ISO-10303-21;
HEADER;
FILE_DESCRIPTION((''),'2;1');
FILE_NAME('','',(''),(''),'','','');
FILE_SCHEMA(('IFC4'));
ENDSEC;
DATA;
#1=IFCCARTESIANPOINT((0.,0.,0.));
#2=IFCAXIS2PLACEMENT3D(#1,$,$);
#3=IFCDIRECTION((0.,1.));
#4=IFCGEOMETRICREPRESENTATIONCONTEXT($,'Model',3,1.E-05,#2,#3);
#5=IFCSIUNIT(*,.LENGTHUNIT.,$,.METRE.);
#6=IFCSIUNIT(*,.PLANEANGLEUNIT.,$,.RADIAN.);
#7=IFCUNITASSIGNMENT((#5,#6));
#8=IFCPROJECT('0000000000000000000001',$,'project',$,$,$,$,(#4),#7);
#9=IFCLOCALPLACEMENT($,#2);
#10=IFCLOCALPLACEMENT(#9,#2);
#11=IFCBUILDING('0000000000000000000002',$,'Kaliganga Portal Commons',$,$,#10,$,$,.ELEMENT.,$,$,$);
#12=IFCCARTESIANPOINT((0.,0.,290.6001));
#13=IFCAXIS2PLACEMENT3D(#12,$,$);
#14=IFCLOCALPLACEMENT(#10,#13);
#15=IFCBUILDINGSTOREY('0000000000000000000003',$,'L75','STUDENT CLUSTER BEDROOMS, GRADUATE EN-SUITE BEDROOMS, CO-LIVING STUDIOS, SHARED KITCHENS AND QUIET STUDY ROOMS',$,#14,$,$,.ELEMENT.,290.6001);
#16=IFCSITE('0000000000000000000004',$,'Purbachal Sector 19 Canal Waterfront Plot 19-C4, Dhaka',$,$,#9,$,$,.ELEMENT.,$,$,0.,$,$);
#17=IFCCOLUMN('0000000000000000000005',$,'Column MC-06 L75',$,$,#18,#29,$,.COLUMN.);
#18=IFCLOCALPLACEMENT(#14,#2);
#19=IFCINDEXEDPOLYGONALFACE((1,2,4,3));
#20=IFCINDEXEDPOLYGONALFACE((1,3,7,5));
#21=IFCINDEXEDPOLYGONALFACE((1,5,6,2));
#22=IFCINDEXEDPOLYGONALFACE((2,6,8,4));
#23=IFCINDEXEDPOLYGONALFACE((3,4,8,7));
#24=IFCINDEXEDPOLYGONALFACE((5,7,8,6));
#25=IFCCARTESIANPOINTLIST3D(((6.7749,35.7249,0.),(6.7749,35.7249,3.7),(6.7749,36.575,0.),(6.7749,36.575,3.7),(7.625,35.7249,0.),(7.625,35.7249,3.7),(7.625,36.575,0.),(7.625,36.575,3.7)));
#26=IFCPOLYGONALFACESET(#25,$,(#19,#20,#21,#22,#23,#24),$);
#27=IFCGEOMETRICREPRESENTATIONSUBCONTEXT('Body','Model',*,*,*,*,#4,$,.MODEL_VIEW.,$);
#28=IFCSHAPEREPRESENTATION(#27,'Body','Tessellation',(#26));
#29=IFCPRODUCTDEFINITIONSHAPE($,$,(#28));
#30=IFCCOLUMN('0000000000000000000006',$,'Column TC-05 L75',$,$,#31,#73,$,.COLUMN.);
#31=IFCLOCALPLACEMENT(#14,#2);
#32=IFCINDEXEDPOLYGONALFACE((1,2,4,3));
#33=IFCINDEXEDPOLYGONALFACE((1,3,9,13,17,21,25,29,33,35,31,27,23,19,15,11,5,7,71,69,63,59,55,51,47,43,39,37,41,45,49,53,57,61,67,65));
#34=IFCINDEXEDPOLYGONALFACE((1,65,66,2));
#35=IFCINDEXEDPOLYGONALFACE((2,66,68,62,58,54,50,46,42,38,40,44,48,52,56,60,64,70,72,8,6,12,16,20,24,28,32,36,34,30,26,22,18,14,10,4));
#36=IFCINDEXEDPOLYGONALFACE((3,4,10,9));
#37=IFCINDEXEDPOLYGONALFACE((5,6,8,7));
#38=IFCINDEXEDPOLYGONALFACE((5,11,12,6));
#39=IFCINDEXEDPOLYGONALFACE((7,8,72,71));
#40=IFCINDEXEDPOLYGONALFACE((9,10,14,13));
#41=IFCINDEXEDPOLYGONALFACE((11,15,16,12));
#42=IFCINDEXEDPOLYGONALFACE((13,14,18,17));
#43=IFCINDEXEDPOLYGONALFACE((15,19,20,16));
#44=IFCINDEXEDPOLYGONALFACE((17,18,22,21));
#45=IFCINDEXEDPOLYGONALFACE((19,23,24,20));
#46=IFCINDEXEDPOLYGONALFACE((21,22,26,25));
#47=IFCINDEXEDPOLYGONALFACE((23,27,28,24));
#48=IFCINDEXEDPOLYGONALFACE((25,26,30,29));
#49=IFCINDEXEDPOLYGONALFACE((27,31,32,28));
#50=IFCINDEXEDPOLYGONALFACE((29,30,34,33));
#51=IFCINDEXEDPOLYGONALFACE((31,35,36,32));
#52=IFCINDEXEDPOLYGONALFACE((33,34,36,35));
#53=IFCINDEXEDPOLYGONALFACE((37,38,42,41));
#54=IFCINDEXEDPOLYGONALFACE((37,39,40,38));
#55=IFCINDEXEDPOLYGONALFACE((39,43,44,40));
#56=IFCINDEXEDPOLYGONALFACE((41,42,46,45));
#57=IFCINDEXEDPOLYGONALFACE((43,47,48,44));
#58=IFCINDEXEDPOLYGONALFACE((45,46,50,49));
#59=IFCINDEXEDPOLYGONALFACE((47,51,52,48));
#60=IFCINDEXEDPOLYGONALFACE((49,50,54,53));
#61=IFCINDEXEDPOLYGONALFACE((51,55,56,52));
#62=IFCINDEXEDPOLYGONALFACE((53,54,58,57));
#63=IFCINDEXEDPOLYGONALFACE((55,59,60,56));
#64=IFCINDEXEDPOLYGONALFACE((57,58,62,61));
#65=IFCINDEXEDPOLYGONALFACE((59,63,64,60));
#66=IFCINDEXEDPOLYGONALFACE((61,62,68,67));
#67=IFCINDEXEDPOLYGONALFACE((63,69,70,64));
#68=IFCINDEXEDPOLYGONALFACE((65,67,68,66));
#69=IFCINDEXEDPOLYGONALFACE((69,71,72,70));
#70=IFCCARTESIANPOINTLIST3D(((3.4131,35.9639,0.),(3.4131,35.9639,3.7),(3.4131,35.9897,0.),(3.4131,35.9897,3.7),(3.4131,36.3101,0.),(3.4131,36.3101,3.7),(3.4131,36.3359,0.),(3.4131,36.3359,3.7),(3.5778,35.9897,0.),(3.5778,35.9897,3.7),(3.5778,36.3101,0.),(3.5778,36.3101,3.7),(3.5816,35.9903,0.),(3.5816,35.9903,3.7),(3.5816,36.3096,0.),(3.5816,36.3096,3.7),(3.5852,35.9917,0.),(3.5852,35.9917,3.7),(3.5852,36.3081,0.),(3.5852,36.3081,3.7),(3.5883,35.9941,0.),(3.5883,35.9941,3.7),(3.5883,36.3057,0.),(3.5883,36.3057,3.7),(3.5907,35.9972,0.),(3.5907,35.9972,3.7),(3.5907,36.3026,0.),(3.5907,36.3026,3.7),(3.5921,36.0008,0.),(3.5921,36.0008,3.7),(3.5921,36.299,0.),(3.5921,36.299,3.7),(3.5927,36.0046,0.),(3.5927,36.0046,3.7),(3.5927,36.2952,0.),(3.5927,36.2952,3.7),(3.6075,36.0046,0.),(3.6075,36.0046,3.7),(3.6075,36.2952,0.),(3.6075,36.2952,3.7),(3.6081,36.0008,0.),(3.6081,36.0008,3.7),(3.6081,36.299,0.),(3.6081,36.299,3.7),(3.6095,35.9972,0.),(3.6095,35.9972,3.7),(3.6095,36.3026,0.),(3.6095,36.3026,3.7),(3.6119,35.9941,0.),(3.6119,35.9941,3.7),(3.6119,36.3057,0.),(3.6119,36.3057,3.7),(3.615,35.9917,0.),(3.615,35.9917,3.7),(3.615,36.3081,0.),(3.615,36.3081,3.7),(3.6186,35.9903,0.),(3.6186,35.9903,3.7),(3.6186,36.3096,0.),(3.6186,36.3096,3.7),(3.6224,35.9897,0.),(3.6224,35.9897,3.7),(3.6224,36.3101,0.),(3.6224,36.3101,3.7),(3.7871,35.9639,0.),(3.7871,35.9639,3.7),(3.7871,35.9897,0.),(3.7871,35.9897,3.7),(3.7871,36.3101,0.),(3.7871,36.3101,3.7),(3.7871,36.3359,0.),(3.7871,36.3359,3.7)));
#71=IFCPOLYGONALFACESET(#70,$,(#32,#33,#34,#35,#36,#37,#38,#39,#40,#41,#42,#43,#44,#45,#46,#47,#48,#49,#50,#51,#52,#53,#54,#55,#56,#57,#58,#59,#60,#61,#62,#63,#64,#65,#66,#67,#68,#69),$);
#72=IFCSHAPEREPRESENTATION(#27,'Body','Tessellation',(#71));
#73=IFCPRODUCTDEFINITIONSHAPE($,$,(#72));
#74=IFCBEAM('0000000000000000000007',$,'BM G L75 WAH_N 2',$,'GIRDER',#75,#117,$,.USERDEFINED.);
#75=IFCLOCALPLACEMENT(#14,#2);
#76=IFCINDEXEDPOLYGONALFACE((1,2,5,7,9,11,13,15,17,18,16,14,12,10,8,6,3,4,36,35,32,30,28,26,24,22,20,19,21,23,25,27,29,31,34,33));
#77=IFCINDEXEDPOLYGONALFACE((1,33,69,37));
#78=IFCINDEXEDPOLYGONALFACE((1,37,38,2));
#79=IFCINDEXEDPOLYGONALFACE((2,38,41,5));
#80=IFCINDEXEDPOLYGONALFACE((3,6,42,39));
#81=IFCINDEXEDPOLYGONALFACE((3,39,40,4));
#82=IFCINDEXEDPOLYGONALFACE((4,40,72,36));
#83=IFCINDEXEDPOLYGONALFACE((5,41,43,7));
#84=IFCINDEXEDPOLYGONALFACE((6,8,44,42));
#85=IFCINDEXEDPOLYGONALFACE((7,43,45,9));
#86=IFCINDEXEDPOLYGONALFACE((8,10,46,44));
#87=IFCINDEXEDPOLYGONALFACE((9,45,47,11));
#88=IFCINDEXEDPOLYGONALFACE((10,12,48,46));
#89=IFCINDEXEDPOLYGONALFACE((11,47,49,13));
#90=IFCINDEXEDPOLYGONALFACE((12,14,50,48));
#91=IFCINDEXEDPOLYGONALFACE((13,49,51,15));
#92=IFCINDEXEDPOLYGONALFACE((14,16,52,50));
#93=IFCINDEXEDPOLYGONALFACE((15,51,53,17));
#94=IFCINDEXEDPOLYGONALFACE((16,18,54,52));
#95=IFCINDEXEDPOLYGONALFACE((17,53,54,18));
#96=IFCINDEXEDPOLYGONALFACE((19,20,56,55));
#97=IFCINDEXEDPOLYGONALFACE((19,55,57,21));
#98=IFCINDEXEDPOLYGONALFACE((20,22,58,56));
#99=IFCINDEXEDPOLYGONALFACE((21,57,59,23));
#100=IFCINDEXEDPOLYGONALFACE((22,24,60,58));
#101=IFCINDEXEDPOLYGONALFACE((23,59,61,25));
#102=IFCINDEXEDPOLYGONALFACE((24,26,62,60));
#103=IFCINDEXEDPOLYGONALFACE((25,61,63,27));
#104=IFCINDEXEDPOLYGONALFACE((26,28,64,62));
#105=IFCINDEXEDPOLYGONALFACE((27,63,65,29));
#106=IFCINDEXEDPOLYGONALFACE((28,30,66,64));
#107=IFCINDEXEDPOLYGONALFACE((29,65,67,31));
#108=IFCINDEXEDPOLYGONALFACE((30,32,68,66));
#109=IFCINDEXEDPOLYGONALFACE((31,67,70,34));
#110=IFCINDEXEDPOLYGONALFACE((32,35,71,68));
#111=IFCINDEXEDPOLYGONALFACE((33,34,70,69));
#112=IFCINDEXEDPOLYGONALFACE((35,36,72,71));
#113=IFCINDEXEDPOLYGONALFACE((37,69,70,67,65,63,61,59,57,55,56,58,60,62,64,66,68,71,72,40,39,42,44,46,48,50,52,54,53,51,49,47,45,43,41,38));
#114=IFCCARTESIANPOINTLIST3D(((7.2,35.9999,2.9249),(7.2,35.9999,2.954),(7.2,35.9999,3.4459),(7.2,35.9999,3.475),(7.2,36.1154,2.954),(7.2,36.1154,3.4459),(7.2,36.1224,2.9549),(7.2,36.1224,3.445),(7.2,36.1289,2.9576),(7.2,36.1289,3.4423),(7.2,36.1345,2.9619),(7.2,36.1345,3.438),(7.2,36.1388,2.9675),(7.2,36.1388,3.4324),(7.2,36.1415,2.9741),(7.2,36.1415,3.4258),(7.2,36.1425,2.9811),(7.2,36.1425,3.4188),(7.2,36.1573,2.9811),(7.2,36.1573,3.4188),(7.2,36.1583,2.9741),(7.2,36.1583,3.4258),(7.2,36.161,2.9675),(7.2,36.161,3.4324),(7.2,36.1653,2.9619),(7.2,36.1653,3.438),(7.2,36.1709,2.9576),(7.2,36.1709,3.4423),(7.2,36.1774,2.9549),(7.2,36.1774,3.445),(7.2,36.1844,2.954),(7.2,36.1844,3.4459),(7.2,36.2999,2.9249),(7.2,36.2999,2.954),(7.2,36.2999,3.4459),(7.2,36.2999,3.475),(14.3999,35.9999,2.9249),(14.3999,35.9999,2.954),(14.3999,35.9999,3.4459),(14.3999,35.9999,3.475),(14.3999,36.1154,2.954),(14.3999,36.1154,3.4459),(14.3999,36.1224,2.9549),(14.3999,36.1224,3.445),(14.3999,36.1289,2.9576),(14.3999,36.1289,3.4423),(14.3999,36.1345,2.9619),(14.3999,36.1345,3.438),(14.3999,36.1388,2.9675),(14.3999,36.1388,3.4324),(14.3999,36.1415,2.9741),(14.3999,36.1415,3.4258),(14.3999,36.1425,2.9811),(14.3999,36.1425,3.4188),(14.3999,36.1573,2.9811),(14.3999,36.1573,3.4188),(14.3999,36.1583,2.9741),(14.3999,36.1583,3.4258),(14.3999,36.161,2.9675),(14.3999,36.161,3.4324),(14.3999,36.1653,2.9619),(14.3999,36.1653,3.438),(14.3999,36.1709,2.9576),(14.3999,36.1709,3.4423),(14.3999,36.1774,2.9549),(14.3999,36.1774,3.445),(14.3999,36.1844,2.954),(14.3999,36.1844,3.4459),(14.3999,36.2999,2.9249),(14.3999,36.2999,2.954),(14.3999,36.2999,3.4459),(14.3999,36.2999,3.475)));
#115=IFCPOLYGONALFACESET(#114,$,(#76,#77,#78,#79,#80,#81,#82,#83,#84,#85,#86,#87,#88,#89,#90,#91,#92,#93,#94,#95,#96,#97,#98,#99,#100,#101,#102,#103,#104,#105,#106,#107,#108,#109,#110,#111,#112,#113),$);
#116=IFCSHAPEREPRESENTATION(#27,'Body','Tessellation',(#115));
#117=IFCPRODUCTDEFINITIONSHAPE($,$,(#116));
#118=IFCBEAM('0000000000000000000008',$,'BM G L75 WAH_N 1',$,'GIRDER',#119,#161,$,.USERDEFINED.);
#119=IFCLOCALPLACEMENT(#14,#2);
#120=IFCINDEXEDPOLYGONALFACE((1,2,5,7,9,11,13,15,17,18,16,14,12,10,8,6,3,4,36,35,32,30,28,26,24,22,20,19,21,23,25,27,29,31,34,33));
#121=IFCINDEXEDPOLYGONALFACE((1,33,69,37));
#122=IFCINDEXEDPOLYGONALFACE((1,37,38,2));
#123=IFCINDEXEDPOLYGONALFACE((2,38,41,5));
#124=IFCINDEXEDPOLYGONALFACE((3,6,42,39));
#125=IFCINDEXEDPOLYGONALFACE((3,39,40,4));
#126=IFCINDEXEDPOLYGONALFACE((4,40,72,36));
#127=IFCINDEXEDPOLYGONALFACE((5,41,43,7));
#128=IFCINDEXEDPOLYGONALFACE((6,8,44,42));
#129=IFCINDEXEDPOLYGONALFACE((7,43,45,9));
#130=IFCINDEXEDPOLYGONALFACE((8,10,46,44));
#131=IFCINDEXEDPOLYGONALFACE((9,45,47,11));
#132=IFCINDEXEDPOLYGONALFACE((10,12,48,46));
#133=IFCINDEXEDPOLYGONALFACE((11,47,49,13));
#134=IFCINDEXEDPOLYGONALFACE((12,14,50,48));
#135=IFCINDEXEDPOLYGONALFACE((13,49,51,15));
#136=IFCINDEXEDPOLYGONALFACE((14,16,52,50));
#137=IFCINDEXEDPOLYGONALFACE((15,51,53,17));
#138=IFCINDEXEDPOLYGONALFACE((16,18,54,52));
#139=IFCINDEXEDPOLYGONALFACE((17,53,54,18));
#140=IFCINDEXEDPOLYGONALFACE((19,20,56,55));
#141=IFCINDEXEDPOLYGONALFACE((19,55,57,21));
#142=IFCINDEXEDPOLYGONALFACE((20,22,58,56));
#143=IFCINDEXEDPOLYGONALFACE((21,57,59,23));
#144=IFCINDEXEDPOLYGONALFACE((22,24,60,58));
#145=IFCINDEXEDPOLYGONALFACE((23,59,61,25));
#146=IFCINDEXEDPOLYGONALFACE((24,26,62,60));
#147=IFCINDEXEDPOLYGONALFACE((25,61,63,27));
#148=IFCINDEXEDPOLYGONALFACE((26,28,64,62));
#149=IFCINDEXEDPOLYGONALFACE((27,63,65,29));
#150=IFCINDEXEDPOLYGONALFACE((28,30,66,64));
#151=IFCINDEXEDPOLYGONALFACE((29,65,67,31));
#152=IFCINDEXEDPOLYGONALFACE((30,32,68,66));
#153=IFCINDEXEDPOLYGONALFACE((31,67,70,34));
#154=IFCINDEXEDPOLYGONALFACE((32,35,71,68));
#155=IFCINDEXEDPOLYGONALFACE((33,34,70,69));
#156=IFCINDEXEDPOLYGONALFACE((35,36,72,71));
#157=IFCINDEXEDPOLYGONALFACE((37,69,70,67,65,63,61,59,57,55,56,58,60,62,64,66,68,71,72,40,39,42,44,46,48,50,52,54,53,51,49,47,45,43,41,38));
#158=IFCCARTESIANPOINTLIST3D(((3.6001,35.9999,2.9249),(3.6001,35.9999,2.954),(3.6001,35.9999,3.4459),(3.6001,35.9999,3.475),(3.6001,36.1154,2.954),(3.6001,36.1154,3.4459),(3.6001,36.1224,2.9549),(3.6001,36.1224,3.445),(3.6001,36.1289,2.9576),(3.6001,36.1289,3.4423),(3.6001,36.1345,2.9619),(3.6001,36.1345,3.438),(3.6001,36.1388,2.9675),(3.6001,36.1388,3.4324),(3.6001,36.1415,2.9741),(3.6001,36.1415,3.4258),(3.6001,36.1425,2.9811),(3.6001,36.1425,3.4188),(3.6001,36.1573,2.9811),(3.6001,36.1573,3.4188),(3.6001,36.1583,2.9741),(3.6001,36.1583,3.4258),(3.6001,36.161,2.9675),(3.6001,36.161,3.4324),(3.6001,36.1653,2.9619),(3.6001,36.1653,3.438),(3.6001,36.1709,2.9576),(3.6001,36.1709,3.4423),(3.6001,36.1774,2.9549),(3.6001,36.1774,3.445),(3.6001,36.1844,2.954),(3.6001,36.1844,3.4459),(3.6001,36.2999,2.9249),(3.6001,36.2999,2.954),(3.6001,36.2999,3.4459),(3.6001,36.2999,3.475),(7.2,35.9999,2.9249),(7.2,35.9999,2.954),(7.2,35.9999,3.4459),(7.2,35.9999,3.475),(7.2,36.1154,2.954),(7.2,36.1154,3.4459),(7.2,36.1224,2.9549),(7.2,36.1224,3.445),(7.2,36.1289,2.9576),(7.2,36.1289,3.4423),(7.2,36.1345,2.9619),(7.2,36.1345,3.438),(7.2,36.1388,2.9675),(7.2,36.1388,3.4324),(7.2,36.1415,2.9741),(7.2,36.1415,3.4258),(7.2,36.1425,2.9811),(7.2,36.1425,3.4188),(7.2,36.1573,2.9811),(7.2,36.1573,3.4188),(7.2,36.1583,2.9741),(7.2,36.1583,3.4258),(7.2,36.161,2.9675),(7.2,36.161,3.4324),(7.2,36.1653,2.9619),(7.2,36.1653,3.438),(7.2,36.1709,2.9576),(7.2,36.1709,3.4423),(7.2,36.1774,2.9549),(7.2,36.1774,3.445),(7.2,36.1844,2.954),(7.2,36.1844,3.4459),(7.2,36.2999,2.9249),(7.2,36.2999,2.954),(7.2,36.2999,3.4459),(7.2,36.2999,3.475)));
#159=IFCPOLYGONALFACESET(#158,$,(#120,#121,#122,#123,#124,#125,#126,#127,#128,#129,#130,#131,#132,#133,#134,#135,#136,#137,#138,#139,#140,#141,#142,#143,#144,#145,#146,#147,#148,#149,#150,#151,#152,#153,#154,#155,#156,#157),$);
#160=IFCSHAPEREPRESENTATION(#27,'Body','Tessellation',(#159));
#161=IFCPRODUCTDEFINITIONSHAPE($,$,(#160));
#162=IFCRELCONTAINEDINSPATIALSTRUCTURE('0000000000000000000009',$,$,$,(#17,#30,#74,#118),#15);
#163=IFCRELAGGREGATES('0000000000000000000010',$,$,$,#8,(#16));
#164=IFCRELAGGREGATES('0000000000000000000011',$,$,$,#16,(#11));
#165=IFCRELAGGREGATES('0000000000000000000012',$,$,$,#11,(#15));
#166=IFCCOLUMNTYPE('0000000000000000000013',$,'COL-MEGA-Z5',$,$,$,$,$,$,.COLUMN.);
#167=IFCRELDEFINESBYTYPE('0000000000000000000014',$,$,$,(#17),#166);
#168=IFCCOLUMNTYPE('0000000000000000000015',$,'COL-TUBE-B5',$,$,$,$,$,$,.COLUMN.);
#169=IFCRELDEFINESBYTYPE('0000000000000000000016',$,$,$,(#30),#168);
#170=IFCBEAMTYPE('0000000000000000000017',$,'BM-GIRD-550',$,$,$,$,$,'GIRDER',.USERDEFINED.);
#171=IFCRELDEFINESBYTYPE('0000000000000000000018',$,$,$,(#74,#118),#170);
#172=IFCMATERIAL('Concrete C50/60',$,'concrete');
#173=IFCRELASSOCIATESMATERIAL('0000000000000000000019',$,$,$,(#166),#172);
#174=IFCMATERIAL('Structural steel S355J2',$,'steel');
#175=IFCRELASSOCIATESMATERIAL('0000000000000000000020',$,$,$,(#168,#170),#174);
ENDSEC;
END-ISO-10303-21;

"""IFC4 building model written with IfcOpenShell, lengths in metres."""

from ifc_helpers import new_model, si_unit, direction, frame, origin, origin_2d, place, context, subcontext, project, spatial, rectangle, i_section, extrude, source, transform, mapped, material, material_profile, profile_set, type_object, element, save


model = new_model("IFC4")

# Units and contexts
model_context = context("Model", 3, precision=1e-05, world=origin(), true_north=direction((0.0, 1.0)))
body_context = subcontext(model_context, "Body", "Model", "MODEL_VIEW")
ifc_project = project(units=[si_unit("LENGTHUNIT", "METRE"), si_unit("PLANEANGLEUNIT", "RADIAN")], contexts=[model_context])

# Site, building, storey
site_placement = place(None, origin())
site = spatial("IfcSite", under=ifc_project, at=site_placement, Name="Purbachal Sector 19 Canal Waterfront Plot 19-C4, Dhaka", CompositionType="ELEMENT", RefElevation=0.0)
building_placement = place(site_placement, origin())
building = spatial("IfcBuilding", under=site, at=building_placement, Name="Kaliganga Portal Commons", CompositionType="ELEMENT")
storey_placement = place(building_placement, frame((0.0, 0.0, 290.6001)))
storey = spatial("IfcBuildingStorey", under=building, at=storey_placement, Name="L75", Description="STUDENT CLUSTER BEDROOMS, GRADUATE EN-SUITE BEDROOMS, CO-LIVING STUDIOS, SHARED KITCHENS AND QUIET STUDY ROOMS", CompositionType="ELEMENT", Elevation=290.6001)

# Columns
ifc_material_1 = material(Name="Concrete C50/60", Category="concrete")
ifc_material_profile_1 = material_profile(ifc_material_1, rectangle(XDim=0.8501, YDim=0.8501, at=origin_2d()), Name="RC 850x850")
ifc_profile_set_1 = profile_set([ifc_material_profile_1], Name="Concrete C50/60")
column_type_1 = type_object("IfcColumnType", Name="COL-MEGA-Z5", PredefinedType="COLUMN", material=ifc_profile_set_1)
shared_shape_1 = source(origin(), body_context, "Body", "SweptSolid", [
    extrude(rectangle(XDim=0.8501, YDim=0.8501, at=origin_2d()), origin(), (0.0, 0.0, 1.0), 3.7),
])
column_1_placement = place(storey_placement, frame((7.2, 36.1499, 0.0), z_axis=(0.0, 0.0, 1.0), x_axis=(1.0, 0.0, 0.0)))
element("IfcColumn", 1, at=column_1_placement, inside=storey, type_object=column_type_1, Name="Column MC-06 L75", PredefinedType="COLUMN", context=body_context, shape_type="MappedRepresentation", body=[
    mapped(shared_shape_1, transform((0.0, 0.0, 0.0), x_axis=(1.0, 0.0, 0.0), y_axis=(0.0, 1.0, 0.0), z_axis=(0.0, 0.0, 1.0), scale=1.0)),
])
ifc_material_2 = material(Name="Structural steel S355J2", Category="steel")
ifc_material_profile_2 = material_profile(ifc_material_2, i_section(OverallWidth=0.374, OverallDepth=0.3721, WebThickness=0.0149, FlangeThickness=0.0259, FilletRadius=0.0149, at=origin_2d()), Name="HD 360x196")
ifc_profile_set_2 = profile_set([ifc_material_profile_2], Name="Structural steel S355J2 wide-flange")
column_type_2 = type_object("IfcColumnType", Name="COL-TUBE-B5", PredefinedType="COLUMN", material=ifc_profile_set_2)
shared_shape_2 = source(origin(), body_context, "Body", "SweptSolid", [
    extrude(i_section(OverallWidth=0.374, OverallDepth=0.3721, WebThickness=0.0149, FlangeThickness=0.0259, FilletRadius=0.0149, at=origin_2d()), origin(), (0.0, 0.0, 1.0), 3.7),
])
column_2_placement = place(storey_placement, frame((3.6001, 36.1499, 0.0), z_axis=(0.0, 0.0, 1.0), x_axis=(1.0, 0.0, 0.0)))
element("IfcColumn", 2, at=column_2_placement, inside=storey, type_object=column_type_2, Name="Column TC-05 L75", PredefinedType="COLUMN", context=body_context, shape_type="MappedRepresentation", body=[
    mapped(shared_shape_2, transform((0.0, 0.0, 0.0), x_axis=(1.0, 0.0, 0.0), y_axis=(0.0, 1.0, 0.0), z_axis=(0.0, 0.0, 1.0), scale=1.0)),
])

# Beams
ifc_material_profile_3 = material_profile(ifc_material_2, i_section(OverallWidth=0.3, OverallDepth=0.55, WebThickness=0.0149, FlangeThickness=0.0291, FilletRadius=0.0271, at=origin_2d()), Name="HE 550 B")
ifc_profile_set_3 = profile_set([ifc_material_profile_3], Name="Structural steel S355J2 wide-flange")
beam_type = type_object("IfcBeamType", Name="BM-GIRD-550", ElementType="GIRDER", PredefinedType="USERDEFINED", material=ifc_profile_set_3)
shared_shape_3 = source(origin(), body_context, "Body", "SweptSolid", [
    extrude(i_section(OverallWidth=0.3, OverallDepth=0.55, WebThickness=0.0149, FlangeThickness=0.0291, FilletRadius=0.0271, at=origin_2d()), origin(), (0.0, 0.0, 1.0), 7.2),
])
beam_1_placement = place(storey_placement, frame((7.2, 36.1499, 3.2), z_axis=(1.0, 0.0, 0.0), x_axis=(0.0, 1.0, 0.0)))
element("IfcBeam", 3, at=beam_1_placement, inside=storey, type_object=beam_type, Name="BM G L75 WAH_N 2", ObjectType="GIRDER", PredefinedType="USERDEFINED", context=body_context, shape_type="MappedRepresentation", body=[
    mapped(shared_shape_3, transform((0.0, 0.0, 0.0), x_axis=(1.0, 0.0, 0.0), y_axis=(0.0, 1.0, 0.0), z_axis=(0.0, 0.0, 1.0), scale=1.0)),
])
shared_shape_4 = source(origin(), body_context, "Body", "SweptSolid", [
    extrude(i_section(OverallWidth=0.3, OverallDepth=0.55, WebThickness=0.0149, FlangeThickness=0.0291, FilletRadius=0.0271, at=origin_2d()), origin(), (0.0, 0.0, 1.0), 3.5999),
])
beam_2_placement = place(storey_placement, frame((3.6001, 36.1499, 3.2), z_axis=(1.0, 0.0, 0.0), x_axis=(0.0, 1.0, 0.0)))
element("IfcBeam", 4, at=beam_2_placement, inside=storey, type_object=beam_type, Name="BM G L75 WAH_N 1", ObjectType="GIRDER", PredefinedType="USERDEFINED", context=body_context, shape_type="MappedRepresentation", body=[
    mapped(shared_shape_4, transform((0.0, 0.0, 0.0), x_axis=(1.0, 0.0, 0.0), y_axis=(0.0, 1.0, 0.0), z_axis=(0.0, 0.0, 1.0), scale=1.0)),
])

save(model, "model.ifc")
